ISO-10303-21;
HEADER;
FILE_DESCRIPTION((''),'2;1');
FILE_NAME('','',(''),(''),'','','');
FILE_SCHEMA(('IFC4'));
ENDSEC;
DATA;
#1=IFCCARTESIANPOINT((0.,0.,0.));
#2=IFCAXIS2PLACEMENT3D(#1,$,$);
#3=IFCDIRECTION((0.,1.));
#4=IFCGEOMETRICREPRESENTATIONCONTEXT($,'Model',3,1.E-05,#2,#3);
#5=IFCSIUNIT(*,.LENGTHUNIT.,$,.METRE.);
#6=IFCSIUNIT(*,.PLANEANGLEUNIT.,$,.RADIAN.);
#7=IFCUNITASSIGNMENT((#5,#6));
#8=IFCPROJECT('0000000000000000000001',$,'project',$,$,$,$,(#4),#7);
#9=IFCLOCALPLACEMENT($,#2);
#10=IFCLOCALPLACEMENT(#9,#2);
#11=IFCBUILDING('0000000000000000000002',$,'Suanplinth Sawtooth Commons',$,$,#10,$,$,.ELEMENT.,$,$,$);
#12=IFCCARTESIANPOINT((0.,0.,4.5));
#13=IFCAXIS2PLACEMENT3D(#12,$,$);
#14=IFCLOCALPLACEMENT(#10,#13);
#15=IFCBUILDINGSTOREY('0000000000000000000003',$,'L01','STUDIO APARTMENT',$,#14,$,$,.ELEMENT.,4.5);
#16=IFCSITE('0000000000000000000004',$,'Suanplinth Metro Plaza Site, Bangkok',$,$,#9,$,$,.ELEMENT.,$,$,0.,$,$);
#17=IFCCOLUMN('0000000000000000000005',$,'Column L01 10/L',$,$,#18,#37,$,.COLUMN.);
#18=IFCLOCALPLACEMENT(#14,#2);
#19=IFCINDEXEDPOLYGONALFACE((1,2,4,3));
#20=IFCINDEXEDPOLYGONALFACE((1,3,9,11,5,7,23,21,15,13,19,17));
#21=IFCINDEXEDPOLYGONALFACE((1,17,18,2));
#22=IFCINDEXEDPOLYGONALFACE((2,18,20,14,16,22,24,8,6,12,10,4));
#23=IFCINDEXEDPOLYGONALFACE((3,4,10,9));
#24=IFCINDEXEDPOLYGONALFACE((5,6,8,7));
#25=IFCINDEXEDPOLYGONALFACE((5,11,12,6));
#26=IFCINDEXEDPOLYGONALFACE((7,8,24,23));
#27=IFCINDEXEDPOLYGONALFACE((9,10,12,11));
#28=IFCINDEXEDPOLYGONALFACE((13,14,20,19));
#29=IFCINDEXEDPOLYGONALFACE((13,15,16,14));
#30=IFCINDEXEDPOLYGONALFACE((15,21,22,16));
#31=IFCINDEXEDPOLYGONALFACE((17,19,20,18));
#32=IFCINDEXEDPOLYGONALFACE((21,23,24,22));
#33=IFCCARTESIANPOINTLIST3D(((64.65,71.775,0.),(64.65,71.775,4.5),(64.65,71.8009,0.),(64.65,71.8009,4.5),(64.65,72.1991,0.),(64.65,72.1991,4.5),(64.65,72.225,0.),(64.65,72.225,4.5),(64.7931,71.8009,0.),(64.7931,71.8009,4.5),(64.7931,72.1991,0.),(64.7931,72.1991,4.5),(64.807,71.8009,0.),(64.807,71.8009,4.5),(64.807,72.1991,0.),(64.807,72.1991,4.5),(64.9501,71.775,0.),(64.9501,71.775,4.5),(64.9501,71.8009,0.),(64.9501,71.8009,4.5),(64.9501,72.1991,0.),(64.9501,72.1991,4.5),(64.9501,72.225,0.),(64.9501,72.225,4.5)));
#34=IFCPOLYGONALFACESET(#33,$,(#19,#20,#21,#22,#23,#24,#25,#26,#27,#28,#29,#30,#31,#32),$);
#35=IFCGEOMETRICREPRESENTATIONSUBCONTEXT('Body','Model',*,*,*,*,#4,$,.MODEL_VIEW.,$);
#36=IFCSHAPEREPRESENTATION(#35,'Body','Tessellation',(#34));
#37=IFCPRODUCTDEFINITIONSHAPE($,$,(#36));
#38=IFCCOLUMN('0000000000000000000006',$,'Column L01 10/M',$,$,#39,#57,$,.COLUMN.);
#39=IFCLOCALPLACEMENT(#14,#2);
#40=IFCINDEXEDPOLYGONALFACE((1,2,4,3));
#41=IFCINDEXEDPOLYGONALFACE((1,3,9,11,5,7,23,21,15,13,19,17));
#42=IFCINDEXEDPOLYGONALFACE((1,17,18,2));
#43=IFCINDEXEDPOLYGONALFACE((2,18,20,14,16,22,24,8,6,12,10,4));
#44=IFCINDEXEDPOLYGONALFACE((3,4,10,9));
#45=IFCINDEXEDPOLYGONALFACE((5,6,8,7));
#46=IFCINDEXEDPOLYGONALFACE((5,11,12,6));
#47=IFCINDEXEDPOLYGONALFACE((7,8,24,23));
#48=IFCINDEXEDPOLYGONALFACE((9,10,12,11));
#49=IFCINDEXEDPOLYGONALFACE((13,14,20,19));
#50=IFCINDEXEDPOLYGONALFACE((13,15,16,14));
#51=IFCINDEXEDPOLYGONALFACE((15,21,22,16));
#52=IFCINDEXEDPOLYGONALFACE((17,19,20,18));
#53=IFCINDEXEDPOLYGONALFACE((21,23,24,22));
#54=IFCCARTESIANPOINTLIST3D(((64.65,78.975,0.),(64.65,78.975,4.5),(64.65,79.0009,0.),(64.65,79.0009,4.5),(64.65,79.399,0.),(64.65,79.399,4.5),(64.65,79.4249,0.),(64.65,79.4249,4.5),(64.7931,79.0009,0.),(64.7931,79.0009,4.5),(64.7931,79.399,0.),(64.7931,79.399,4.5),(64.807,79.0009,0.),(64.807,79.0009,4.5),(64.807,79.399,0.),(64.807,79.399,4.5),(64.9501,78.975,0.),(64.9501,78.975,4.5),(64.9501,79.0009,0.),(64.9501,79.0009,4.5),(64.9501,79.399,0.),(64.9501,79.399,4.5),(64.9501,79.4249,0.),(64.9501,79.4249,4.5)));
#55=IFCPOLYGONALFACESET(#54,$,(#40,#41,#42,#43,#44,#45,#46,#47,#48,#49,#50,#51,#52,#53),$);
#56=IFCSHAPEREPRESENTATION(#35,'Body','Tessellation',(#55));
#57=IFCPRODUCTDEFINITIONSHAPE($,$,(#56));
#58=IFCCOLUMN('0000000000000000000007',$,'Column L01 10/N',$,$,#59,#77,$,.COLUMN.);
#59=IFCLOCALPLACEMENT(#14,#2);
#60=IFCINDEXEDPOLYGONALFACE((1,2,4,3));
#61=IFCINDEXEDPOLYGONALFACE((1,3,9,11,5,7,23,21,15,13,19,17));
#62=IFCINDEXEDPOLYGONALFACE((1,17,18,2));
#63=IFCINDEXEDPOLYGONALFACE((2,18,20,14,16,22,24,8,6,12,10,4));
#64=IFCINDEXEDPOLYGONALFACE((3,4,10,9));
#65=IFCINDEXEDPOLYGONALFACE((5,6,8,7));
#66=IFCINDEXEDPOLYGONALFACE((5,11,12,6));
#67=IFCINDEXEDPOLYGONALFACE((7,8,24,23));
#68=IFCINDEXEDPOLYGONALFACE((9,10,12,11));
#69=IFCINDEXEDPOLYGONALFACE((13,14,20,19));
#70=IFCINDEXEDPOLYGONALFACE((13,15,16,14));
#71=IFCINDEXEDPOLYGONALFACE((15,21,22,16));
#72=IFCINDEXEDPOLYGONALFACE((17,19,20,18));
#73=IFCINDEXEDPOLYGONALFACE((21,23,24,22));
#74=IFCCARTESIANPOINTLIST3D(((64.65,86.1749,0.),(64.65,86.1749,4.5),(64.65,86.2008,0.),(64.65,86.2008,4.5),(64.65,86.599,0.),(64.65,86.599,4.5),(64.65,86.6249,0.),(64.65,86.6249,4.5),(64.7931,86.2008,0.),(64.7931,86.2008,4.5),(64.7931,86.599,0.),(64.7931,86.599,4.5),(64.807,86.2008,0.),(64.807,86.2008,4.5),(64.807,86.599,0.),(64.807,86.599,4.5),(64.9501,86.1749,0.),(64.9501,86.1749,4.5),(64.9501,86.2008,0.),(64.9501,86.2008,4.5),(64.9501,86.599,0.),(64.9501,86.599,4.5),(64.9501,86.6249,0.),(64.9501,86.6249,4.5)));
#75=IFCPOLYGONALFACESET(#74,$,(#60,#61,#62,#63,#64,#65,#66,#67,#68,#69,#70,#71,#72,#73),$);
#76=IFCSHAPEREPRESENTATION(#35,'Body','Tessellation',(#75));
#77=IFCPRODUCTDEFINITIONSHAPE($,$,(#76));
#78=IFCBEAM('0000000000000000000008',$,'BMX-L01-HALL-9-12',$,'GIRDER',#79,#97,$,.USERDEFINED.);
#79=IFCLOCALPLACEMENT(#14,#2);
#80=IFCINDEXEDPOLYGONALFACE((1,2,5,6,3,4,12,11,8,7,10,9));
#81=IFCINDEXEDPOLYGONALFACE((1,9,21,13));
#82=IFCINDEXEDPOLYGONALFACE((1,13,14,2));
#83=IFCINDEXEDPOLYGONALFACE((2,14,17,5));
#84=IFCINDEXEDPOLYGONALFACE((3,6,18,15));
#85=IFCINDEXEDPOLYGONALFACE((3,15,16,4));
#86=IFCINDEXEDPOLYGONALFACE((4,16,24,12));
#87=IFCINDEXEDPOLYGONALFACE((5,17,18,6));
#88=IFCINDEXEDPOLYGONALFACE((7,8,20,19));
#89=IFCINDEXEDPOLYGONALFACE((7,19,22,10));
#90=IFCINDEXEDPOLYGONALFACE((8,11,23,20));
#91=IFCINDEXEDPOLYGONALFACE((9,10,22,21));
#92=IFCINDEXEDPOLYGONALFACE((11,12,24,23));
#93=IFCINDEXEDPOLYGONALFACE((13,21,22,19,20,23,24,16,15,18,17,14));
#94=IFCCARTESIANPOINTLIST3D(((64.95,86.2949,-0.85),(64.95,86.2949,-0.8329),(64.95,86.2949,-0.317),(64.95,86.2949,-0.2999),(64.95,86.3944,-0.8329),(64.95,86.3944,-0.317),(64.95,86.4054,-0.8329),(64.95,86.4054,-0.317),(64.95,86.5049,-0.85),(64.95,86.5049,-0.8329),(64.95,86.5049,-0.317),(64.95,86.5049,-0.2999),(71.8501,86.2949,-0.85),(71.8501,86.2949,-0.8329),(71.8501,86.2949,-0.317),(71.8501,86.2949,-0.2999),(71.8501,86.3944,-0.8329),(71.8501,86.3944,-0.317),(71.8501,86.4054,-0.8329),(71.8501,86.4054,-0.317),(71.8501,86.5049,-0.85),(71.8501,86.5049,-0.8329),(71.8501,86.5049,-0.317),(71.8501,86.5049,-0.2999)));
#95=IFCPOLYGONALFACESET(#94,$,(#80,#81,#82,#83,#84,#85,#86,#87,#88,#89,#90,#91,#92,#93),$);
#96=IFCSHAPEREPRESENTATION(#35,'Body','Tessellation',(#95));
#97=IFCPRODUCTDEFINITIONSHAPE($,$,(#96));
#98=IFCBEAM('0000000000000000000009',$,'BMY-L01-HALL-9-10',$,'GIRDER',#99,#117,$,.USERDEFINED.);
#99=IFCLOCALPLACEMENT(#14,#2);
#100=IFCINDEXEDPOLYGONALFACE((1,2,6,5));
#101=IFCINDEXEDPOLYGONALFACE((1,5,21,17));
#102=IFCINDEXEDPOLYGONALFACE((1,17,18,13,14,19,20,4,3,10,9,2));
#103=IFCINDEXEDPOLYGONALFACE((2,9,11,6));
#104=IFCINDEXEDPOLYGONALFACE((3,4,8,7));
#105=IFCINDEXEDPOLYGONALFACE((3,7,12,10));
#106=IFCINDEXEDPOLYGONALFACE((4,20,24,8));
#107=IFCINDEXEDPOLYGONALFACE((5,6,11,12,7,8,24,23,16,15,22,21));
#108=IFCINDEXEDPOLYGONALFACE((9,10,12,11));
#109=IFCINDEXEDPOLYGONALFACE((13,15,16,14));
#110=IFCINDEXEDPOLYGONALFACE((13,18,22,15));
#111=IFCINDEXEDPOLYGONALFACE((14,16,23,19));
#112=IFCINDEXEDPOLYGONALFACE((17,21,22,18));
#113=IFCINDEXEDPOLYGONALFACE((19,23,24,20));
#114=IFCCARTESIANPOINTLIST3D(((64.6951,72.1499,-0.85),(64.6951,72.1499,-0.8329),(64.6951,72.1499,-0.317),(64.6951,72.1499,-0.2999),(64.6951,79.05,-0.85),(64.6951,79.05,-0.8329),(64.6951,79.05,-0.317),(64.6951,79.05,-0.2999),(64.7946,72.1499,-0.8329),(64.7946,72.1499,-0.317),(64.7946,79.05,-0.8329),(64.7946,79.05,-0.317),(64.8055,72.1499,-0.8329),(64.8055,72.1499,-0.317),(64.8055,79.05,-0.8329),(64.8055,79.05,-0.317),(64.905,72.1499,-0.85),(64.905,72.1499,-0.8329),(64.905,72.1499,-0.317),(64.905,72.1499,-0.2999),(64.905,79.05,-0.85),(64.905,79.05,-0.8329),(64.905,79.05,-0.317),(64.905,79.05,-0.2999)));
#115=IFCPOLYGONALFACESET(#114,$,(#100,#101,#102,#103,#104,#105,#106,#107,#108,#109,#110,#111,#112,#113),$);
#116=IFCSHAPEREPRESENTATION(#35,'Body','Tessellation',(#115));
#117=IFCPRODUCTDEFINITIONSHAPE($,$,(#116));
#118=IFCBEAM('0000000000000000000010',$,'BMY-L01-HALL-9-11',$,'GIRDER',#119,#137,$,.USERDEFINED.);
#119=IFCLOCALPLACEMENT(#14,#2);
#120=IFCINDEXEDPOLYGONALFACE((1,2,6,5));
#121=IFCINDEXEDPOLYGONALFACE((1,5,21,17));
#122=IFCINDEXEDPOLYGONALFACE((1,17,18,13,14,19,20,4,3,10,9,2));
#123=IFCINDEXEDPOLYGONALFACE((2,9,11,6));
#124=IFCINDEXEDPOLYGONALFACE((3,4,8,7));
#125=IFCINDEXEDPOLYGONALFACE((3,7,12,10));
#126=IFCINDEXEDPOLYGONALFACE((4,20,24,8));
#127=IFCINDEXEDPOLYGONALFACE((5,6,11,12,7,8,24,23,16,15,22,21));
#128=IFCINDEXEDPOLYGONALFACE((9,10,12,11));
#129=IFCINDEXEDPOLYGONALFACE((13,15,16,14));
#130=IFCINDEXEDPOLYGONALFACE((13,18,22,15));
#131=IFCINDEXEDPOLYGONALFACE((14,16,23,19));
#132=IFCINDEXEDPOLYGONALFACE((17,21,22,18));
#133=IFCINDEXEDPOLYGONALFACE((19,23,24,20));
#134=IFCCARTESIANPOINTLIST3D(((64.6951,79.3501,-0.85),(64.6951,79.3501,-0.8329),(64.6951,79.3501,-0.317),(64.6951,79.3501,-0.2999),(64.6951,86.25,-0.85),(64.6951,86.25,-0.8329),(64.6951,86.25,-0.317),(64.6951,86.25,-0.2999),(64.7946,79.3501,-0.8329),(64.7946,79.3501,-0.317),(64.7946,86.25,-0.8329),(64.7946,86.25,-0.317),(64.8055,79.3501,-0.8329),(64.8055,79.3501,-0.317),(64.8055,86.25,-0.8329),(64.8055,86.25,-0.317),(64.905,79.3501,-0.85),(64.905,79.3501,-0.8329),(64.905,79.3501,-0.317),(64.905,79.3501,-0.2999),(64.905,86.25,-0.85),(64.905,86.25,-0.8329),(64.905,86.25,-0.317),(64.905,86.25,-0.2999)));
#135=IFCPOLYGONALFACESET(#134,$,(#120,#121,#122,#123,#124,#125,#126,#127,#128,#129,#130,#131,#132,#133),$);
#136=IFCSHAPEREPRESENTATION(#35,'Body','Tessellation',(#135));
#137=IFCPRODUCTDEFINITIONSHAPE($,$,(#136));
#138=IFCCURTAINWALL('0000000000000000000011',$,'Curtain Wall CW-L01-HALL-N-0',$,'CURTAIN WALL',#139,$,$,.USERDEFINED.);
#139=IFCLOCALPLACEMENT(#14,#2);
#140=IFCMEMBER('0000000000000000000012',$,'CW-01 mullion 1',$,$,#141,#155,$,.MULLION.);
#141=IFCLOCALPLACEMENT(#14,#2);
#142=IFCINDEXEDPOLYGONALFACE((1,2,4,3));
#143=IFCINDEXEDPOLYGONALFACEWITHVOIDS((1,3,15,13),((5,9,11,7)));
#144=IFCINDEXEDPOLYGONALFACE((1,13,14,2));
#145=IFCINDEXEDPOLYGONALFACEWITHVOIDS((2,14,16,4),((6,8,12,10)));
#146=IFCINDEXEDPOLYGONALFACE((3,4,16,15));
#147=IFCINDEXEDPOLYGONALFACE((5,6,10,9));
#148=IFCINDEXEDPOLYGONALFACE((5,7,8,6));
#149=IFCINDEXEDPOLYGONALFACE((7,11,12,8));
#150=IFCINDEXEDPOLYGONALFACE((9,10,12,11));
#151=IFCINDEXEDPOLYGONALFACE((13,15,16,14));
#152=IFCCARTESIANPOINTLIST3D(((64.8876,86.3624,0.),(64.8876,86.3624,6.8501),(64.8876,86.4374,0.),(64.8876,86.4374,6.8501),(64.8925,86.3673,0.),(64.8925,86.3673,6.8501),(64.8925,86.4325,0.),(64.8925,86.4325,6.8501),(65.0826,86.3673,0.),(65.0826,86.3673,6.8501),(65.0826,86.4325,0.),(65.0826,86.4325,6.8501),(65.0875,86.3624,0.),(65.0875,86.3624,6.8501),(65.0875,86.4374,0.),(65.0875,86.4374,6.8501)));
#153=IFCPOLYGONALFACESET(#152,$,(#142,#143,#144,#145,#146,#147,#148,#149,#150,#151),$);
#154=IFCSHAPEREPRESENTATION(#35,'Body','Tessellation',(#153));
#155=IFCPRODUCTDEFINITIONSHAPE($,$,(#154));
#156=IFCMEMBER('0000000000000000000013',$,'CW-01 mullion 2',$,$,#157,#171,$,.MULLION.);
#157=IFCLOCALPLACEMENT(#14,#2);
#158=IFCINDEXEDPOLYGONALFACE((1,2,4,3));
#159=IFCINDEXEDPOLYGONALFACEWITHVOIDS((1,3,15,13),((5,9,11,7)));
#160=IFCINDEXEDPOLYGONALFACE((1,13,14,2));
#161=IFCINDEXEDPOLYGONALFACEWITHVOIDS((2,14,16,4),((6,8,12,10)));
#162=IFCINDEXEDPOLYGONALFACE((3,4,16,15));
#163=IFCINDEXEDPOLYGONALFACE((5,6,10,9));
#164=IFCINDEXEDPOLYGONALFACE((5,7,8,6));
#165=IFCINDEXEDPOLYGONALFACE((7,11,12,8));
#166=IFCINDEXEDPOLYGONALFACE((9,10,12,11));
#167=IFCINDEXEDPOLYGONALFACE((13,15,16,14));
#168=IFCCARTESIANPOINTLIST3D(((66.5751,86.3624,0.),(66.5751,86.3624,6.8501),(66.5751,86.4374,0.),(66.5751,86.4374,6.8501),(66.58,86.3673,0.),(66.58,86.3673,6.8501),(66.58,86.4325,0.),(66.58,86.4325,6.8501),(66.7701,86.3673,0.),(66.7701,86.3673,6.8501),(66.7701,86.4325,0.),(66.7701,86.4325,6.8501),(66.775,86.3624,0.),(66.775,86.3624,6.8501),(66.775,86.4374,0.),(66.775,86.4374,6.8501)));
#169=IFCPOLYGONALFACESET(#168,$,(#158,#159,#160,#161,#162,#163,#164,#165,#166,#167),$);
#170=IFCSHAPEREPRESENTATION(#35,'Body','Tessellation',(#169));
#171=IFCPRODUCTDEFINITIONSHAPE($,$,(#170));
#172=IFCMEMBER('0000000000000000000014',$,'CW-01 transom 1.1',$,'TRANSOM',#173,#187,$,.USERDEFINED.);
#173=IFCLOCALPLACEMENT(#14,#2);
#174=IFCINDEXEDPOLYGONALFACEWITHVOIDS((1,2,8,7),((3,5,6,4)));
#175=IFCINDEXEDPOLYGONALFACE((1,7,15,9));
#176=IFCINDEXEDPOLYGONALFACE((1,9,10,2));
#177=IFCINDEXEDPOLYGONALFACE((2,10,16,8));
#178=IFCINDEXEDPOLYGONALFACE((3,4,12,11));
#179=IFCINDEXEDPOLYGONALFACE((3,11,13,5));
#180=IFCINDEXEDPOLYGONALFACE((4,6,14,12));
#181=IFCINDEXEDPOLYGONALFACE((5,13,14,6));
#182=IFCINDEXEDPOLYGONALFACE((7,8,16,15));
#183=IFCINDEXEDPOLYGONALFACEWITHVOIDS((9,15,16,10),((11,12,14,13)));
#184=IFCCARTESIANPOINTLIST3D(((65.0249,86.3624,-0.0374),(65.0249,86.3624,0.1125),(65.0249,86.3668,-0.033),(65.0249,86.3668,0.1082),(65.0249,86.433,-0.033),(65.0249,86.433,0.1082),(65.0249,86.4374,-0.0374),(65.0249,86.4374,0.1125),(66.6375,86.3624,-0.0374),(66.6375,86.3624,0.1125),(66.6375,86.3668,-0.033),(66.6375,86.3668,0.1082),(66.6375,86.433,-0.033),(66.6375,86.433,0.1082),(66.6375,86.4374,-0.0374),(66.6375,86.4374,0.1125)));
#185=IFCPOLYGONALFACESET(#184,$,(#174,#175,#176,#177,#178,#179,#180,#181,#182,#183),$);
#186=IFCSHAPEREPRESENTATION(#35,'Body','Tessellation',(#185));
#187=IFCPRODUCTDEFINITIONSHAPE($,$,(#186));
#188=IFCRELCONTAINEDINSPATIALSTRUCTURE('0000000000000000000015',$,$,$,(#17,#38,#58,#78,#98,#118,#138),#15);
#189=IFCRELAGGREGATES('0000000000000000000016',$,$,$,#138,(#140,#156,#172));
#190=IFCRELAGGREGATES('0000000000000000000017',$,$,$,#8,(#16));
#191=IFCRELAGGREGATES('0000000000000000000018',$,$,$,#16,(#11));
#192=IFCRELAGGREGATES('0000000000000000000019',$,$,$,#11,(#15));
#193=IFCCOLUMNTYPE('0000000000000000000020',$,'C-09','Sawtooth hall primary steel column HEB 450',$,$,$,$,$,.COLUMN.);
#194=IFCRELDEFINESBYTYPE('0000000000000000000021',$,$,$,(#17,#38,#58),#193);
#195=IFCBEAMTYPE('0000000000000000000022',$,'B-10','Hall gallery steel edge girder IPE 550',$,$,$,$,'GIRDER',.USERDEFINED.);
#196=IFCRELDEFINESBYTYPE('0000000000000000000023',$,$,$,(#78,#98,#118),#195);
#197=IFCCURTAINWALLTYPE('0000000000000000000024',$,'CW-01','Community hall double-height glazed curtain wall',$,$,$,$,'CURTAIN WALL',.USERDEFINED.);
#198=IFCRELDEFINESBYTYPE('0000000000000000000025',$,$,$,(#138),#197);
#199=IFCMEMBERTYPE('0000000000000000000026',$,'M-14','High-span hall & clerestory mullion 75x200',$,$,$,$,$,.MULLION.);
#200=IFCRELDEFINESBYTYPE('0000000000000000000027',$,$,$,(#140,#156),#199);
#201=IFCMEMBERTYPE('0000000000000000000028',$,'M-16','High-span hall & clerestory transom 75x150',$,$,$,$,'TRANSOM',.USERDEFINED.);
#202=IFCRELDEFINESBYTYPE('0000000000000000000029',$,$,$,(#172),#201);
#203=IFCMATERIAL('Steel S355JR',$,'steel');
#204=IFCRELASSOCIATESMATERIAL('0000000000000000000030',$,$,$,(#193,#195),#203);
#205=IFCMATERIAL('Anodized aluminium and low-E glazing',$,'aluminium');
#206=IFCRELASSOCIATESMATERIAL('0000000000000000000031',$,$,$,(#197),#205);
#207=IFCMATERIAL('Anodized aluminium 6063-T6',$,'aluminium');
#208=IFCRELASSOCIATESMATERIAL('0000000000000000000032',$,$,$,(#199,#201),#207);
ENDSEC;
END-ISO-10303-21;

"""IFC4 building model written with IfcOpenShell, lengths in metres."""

from ifc_helpers import new_model, si_unit, direction, frame, origin, origin_2d, place, context, subcontext, project, spatial, hollow_rectangle, i_section, extrude, material, material_profile, profile_set, type_object, element, aggregate, save


model = new_model("IFC4")

# Units and contexts
model_context = context("Model", 3, precision=1e-05, world=origin(), true_north=direction((0.0, 1.0)))
body_context = subcontext(model_context, "Body", "Model", "MODEL_VIEW")
ifc_project = project(units=[si_unit("LENGTHUNIT", "METRE"), si_unit("PLANEANGLEUNIT", "RADIAN")], contexts=[model_context])

# Site, building, storey
site_placement = place(None, origin())
site = spatial("IfcSite", under=ifc_project, at=site_placement, Name="Suanplinth Metro Plaza Site, Bangkok", CompositionType="ELEMENT", RefElevation=0.0)
building_placement = place(site_placement, origin())
building = spatial("IfcBuilding", under=site, at=building_placement, Name="Suanplinth Sawtooth Commons", CompositionType="ELEMENT")
storey_placement = place(building_placement, frame((0.0, 0.0, 4.5)))
storey = spatial("IfcBuildingStorey", under=building, at=storey_placement, Name="L01", Description="STUDIO APARTMENT", CompositionType="ELEMENT", Elevation=4.5)

# Columns
ifc_material_1 = material(Name="Steel S355JR", Category="steel")
ifc_material_profile_1 = material_profile(ifc_material_1, i_section(OverallWidth=0.3, OverallDepth=0.45, WebThickness=0.0139, FlangeThickness=0.0259, at=origin_2d()), Name="HEB 450")
ifc_profile_set_1 = profile_set([ifc_material_profile_1], Name="Steel S355JR")
column_type = type_object("IfcColumnType", Name="C-09", Description="Sawtooth hall primary steel column HEB 450", PredefinedType="COLUMN", material=ifc_profile_set_1)
for number, where, z_axis, x_axis, name in (
    (1, (64.8, 72.0, 0.0), (0.0, 0.0, 1.0), (1.0, 0.0, 0.0), "Column L01 10/L"),
    (2, (64.8, 79.2, 0.0), (0.0, 0.0, 1.0), (1.0, 0.0, 0.0), "Column L01 10/M"),
    (3, (64.8, 86.3999, 0.0), (0.0, 0.0, 1.0), (1.0, 0.0, 0.0), "Column L01 10/N"),
):
    element("IfcColumn", number, at=place(storey_placement, frame(where, z_axis=z_axis, x_axis=x_axis)), inside=storey, type_object=column_type, Name=name, PredefinedType="COLUMN", context=body_context, shape_type="SweptSolid", body=[
        extrude(i_section(OverallWidth=0.3, OverallDepth=0.45, WebThickness=0.0139, FlangeThickness=0.0259, at=origin_2d()), origin(), (0.0, 0.0, 1.0), 4.5),
    ])

# Beams
ifc_material_profile_2 = material_profile(ifc_material_1, i_section(OverallWidth=0.21, OverallDepth=0.55, WebThickness=0.011, FlangeThickness=0.0171, at=origin_2d()), Name="IPE 550")
ifc_profile_set_2 = profile_set([ifc_material_profile_2], Name="Steel S355JR")
beam_type = type_object("IfcBeamType", Name="B-10", Description="Hall gallery steel edge girder IPE 550", ElementType="GIRDER", PredefinedType="USERDEFINED", material=ifc_profile_set_2)
for number, where, z_axis, x_axis, name in (
    (4, (64.95, 86.3999, -0.575), (1.0, 0.0, 0.0), (0.0, 1.0, 0.0), "BMX-L01-HALL-9-12"),
    (5, (64.8, 72.1499, -0.575), (0.0, 1.0, 0.0), (-1.0, 0.0, 0.0), "BMY-L01-HALL-9-10"),
):
    element("IfcBeam", number, at=place(storey_placement, frame(where, z_axis=z_axis, x_axis=x_axis)), inside=storey, type_object=beam_type, Name=name, ObjectType="GIRDER", PredefinedType="USERDEFINED", context=body_context, shape_type="SweptSolid", body=[
        extrude(i_section(OverallWidth=0.21, OverallDepth=0.55, WebThickness=0.011, FlangeThickness=0.0171, at=origin_2d()), origin(), (0.0, 0.0, 1.0), 6.9001),
    ])
beam_placement = place(storey_placement, frame((64.8, 79.3501, -0.575), z_axis=(0.0, 1.0, 0.0), x_axis=(-1.0, 0.0, 0.0)))
element("IfcBeam", 6, at=beam_placement, inside=storey, type_object=beam_type, Name="BMY-L01-HALL-9-11", ObjectType="GIRDER", PredefinedType="USERDEFINED", context=body_context, shape_type="SweptSolid", body=[
    extrude(i_section(OverallWidth=0.21, OverallDepth=0.55, WebThickness=0.011, FlangeThickness=0.0171, at=origin_2d()), origin(), (0.0, 0.0, 1.0), 6.8999),
])

# Curtain wall, members
ifc_material_2 = material(Name="Anodized aluminium and low-E glazing", Category="aluminium")
curtain_wall_type = type_object("IfcCurtainWallType", Name="CW-01", Description="Community hall double-height glazed curtain wall", ElementType="CURTAIN WALL", PredefinedType="USERDEFINED", material=ifc_material_2)
curtain_wall_placement = place(storey_placement, origin())
curtain_wall = element("IfcCurtainWall", 7, at=curtain_wall_placement, inside=storey, type_object=curtain_wall_type, Name="Curtain Wall CW-L01-HALL-N-0", ObjectType="CURTAIN WALL", PredefinedType="USERDEFINED")
ifc_material_3 = material(Name="Anodized aluminium 6063-T6", Category="aluminium")
ifc_material_profile_3 = material_profile(ifc_material_3, hollow_rectangle(XDim=0.075, YDim=0.2, WallThickness=0.0049, at=origin_2d()), Name="ALU-MUL 75x200")
ifc_profile_set_3 = profile_set([ifc_material_profile_3], Name="Anodized aluminium 6063-T6")
member_type_1 = type_object("IfcMemberType", Name="M-14", Description="High-span hall & clerestory mullion 75x200", PredefinedType="MULLION", material=ifc_profile_set_3)
member_1_placement = place(storey_placement, frame((64.9875, 86.3999, 0.0), z_axis=(0.0, 0.0, 1.0), x_axis=(0.0, 1.0, 0.0)))
member_1 = element("IfcMember", 8, at=member_1_placement, type_object=member_type_1, Name="CW-01 mullion 1", PredefinedType="MULLION", context=body_context, shape_type="SweptSolid", body=[
    extrude(hollow_rectangle(XDim=0.075, YDim=0.2, WallThickness=0.0049, at=origin_2d()), origin(), (0.0, 0.0, 1.0), 6.8501),
])
member_2_placement = place(storey_placement, frame((66.675, 86.3999, 0.0), z_axis=(0.0, 0.0, 1.0), x_axis=(0.0, 1.0, 0.0)))
member_2 = element("IfcMember", 9, at=member_2_placement, type_object=member_type_1, Name="CW-01 mullion 2", PredefinedType="MULLION", context=body_context, shape_type="SweptSolid", body=[
    extrude(hollow_rectangle(XDim=0.075, YDim=0.2, WallThickness=0.0049, at=origin_2d()), origin(), (0.0, 0.0, 1.0), 6.8501),
])
ifc_material_profile_4 = material_profile(ifc_material_3, hollow_rectangle(XDim=0.075, YDim=0.1499, WallThickness=0.0044, at=origin_2d()), Name="ALU-TRN 75x150")
ifc_profile_set_4 = profile_set([ifc_material_profile_4], Name="Anodized aluminium 6063-T6")
member_type_2 = type_object("IfcMemberType", Name="M-16", Description="High-span hall & clerestory transom 75x150", ElementType="TRANSOM", PredefinedType="USERDEFINED", material=ifc_profile_set_4)
member_3_placement = place(storey_placement, frame((65.0249, 86.3999, 0.0376), z_axis=(1.0, 0.0, 0.0), x_axis=(0.0, 1.0, 0.0)))
member_3 = element("IfcMember", 10, at=member_3_placement, type_object=member_type_2, Name="CW-01 transom 1.1", ObjectType="TRANSOM", PredefinedType="USERDEFINED", context=body_context, shape_type="SweptSolid", body=[
    extrude(hollow_rectangle(XDim=0.075, YDim=0.1499, WallThickness=0.0044, at=origin_2d()), origin(), (0.0, 0.0, 1.0), 1.6125),
])
aggregate(curtain_wall, [member_1, member_2, member_3])

save(model, "model.ifc")
